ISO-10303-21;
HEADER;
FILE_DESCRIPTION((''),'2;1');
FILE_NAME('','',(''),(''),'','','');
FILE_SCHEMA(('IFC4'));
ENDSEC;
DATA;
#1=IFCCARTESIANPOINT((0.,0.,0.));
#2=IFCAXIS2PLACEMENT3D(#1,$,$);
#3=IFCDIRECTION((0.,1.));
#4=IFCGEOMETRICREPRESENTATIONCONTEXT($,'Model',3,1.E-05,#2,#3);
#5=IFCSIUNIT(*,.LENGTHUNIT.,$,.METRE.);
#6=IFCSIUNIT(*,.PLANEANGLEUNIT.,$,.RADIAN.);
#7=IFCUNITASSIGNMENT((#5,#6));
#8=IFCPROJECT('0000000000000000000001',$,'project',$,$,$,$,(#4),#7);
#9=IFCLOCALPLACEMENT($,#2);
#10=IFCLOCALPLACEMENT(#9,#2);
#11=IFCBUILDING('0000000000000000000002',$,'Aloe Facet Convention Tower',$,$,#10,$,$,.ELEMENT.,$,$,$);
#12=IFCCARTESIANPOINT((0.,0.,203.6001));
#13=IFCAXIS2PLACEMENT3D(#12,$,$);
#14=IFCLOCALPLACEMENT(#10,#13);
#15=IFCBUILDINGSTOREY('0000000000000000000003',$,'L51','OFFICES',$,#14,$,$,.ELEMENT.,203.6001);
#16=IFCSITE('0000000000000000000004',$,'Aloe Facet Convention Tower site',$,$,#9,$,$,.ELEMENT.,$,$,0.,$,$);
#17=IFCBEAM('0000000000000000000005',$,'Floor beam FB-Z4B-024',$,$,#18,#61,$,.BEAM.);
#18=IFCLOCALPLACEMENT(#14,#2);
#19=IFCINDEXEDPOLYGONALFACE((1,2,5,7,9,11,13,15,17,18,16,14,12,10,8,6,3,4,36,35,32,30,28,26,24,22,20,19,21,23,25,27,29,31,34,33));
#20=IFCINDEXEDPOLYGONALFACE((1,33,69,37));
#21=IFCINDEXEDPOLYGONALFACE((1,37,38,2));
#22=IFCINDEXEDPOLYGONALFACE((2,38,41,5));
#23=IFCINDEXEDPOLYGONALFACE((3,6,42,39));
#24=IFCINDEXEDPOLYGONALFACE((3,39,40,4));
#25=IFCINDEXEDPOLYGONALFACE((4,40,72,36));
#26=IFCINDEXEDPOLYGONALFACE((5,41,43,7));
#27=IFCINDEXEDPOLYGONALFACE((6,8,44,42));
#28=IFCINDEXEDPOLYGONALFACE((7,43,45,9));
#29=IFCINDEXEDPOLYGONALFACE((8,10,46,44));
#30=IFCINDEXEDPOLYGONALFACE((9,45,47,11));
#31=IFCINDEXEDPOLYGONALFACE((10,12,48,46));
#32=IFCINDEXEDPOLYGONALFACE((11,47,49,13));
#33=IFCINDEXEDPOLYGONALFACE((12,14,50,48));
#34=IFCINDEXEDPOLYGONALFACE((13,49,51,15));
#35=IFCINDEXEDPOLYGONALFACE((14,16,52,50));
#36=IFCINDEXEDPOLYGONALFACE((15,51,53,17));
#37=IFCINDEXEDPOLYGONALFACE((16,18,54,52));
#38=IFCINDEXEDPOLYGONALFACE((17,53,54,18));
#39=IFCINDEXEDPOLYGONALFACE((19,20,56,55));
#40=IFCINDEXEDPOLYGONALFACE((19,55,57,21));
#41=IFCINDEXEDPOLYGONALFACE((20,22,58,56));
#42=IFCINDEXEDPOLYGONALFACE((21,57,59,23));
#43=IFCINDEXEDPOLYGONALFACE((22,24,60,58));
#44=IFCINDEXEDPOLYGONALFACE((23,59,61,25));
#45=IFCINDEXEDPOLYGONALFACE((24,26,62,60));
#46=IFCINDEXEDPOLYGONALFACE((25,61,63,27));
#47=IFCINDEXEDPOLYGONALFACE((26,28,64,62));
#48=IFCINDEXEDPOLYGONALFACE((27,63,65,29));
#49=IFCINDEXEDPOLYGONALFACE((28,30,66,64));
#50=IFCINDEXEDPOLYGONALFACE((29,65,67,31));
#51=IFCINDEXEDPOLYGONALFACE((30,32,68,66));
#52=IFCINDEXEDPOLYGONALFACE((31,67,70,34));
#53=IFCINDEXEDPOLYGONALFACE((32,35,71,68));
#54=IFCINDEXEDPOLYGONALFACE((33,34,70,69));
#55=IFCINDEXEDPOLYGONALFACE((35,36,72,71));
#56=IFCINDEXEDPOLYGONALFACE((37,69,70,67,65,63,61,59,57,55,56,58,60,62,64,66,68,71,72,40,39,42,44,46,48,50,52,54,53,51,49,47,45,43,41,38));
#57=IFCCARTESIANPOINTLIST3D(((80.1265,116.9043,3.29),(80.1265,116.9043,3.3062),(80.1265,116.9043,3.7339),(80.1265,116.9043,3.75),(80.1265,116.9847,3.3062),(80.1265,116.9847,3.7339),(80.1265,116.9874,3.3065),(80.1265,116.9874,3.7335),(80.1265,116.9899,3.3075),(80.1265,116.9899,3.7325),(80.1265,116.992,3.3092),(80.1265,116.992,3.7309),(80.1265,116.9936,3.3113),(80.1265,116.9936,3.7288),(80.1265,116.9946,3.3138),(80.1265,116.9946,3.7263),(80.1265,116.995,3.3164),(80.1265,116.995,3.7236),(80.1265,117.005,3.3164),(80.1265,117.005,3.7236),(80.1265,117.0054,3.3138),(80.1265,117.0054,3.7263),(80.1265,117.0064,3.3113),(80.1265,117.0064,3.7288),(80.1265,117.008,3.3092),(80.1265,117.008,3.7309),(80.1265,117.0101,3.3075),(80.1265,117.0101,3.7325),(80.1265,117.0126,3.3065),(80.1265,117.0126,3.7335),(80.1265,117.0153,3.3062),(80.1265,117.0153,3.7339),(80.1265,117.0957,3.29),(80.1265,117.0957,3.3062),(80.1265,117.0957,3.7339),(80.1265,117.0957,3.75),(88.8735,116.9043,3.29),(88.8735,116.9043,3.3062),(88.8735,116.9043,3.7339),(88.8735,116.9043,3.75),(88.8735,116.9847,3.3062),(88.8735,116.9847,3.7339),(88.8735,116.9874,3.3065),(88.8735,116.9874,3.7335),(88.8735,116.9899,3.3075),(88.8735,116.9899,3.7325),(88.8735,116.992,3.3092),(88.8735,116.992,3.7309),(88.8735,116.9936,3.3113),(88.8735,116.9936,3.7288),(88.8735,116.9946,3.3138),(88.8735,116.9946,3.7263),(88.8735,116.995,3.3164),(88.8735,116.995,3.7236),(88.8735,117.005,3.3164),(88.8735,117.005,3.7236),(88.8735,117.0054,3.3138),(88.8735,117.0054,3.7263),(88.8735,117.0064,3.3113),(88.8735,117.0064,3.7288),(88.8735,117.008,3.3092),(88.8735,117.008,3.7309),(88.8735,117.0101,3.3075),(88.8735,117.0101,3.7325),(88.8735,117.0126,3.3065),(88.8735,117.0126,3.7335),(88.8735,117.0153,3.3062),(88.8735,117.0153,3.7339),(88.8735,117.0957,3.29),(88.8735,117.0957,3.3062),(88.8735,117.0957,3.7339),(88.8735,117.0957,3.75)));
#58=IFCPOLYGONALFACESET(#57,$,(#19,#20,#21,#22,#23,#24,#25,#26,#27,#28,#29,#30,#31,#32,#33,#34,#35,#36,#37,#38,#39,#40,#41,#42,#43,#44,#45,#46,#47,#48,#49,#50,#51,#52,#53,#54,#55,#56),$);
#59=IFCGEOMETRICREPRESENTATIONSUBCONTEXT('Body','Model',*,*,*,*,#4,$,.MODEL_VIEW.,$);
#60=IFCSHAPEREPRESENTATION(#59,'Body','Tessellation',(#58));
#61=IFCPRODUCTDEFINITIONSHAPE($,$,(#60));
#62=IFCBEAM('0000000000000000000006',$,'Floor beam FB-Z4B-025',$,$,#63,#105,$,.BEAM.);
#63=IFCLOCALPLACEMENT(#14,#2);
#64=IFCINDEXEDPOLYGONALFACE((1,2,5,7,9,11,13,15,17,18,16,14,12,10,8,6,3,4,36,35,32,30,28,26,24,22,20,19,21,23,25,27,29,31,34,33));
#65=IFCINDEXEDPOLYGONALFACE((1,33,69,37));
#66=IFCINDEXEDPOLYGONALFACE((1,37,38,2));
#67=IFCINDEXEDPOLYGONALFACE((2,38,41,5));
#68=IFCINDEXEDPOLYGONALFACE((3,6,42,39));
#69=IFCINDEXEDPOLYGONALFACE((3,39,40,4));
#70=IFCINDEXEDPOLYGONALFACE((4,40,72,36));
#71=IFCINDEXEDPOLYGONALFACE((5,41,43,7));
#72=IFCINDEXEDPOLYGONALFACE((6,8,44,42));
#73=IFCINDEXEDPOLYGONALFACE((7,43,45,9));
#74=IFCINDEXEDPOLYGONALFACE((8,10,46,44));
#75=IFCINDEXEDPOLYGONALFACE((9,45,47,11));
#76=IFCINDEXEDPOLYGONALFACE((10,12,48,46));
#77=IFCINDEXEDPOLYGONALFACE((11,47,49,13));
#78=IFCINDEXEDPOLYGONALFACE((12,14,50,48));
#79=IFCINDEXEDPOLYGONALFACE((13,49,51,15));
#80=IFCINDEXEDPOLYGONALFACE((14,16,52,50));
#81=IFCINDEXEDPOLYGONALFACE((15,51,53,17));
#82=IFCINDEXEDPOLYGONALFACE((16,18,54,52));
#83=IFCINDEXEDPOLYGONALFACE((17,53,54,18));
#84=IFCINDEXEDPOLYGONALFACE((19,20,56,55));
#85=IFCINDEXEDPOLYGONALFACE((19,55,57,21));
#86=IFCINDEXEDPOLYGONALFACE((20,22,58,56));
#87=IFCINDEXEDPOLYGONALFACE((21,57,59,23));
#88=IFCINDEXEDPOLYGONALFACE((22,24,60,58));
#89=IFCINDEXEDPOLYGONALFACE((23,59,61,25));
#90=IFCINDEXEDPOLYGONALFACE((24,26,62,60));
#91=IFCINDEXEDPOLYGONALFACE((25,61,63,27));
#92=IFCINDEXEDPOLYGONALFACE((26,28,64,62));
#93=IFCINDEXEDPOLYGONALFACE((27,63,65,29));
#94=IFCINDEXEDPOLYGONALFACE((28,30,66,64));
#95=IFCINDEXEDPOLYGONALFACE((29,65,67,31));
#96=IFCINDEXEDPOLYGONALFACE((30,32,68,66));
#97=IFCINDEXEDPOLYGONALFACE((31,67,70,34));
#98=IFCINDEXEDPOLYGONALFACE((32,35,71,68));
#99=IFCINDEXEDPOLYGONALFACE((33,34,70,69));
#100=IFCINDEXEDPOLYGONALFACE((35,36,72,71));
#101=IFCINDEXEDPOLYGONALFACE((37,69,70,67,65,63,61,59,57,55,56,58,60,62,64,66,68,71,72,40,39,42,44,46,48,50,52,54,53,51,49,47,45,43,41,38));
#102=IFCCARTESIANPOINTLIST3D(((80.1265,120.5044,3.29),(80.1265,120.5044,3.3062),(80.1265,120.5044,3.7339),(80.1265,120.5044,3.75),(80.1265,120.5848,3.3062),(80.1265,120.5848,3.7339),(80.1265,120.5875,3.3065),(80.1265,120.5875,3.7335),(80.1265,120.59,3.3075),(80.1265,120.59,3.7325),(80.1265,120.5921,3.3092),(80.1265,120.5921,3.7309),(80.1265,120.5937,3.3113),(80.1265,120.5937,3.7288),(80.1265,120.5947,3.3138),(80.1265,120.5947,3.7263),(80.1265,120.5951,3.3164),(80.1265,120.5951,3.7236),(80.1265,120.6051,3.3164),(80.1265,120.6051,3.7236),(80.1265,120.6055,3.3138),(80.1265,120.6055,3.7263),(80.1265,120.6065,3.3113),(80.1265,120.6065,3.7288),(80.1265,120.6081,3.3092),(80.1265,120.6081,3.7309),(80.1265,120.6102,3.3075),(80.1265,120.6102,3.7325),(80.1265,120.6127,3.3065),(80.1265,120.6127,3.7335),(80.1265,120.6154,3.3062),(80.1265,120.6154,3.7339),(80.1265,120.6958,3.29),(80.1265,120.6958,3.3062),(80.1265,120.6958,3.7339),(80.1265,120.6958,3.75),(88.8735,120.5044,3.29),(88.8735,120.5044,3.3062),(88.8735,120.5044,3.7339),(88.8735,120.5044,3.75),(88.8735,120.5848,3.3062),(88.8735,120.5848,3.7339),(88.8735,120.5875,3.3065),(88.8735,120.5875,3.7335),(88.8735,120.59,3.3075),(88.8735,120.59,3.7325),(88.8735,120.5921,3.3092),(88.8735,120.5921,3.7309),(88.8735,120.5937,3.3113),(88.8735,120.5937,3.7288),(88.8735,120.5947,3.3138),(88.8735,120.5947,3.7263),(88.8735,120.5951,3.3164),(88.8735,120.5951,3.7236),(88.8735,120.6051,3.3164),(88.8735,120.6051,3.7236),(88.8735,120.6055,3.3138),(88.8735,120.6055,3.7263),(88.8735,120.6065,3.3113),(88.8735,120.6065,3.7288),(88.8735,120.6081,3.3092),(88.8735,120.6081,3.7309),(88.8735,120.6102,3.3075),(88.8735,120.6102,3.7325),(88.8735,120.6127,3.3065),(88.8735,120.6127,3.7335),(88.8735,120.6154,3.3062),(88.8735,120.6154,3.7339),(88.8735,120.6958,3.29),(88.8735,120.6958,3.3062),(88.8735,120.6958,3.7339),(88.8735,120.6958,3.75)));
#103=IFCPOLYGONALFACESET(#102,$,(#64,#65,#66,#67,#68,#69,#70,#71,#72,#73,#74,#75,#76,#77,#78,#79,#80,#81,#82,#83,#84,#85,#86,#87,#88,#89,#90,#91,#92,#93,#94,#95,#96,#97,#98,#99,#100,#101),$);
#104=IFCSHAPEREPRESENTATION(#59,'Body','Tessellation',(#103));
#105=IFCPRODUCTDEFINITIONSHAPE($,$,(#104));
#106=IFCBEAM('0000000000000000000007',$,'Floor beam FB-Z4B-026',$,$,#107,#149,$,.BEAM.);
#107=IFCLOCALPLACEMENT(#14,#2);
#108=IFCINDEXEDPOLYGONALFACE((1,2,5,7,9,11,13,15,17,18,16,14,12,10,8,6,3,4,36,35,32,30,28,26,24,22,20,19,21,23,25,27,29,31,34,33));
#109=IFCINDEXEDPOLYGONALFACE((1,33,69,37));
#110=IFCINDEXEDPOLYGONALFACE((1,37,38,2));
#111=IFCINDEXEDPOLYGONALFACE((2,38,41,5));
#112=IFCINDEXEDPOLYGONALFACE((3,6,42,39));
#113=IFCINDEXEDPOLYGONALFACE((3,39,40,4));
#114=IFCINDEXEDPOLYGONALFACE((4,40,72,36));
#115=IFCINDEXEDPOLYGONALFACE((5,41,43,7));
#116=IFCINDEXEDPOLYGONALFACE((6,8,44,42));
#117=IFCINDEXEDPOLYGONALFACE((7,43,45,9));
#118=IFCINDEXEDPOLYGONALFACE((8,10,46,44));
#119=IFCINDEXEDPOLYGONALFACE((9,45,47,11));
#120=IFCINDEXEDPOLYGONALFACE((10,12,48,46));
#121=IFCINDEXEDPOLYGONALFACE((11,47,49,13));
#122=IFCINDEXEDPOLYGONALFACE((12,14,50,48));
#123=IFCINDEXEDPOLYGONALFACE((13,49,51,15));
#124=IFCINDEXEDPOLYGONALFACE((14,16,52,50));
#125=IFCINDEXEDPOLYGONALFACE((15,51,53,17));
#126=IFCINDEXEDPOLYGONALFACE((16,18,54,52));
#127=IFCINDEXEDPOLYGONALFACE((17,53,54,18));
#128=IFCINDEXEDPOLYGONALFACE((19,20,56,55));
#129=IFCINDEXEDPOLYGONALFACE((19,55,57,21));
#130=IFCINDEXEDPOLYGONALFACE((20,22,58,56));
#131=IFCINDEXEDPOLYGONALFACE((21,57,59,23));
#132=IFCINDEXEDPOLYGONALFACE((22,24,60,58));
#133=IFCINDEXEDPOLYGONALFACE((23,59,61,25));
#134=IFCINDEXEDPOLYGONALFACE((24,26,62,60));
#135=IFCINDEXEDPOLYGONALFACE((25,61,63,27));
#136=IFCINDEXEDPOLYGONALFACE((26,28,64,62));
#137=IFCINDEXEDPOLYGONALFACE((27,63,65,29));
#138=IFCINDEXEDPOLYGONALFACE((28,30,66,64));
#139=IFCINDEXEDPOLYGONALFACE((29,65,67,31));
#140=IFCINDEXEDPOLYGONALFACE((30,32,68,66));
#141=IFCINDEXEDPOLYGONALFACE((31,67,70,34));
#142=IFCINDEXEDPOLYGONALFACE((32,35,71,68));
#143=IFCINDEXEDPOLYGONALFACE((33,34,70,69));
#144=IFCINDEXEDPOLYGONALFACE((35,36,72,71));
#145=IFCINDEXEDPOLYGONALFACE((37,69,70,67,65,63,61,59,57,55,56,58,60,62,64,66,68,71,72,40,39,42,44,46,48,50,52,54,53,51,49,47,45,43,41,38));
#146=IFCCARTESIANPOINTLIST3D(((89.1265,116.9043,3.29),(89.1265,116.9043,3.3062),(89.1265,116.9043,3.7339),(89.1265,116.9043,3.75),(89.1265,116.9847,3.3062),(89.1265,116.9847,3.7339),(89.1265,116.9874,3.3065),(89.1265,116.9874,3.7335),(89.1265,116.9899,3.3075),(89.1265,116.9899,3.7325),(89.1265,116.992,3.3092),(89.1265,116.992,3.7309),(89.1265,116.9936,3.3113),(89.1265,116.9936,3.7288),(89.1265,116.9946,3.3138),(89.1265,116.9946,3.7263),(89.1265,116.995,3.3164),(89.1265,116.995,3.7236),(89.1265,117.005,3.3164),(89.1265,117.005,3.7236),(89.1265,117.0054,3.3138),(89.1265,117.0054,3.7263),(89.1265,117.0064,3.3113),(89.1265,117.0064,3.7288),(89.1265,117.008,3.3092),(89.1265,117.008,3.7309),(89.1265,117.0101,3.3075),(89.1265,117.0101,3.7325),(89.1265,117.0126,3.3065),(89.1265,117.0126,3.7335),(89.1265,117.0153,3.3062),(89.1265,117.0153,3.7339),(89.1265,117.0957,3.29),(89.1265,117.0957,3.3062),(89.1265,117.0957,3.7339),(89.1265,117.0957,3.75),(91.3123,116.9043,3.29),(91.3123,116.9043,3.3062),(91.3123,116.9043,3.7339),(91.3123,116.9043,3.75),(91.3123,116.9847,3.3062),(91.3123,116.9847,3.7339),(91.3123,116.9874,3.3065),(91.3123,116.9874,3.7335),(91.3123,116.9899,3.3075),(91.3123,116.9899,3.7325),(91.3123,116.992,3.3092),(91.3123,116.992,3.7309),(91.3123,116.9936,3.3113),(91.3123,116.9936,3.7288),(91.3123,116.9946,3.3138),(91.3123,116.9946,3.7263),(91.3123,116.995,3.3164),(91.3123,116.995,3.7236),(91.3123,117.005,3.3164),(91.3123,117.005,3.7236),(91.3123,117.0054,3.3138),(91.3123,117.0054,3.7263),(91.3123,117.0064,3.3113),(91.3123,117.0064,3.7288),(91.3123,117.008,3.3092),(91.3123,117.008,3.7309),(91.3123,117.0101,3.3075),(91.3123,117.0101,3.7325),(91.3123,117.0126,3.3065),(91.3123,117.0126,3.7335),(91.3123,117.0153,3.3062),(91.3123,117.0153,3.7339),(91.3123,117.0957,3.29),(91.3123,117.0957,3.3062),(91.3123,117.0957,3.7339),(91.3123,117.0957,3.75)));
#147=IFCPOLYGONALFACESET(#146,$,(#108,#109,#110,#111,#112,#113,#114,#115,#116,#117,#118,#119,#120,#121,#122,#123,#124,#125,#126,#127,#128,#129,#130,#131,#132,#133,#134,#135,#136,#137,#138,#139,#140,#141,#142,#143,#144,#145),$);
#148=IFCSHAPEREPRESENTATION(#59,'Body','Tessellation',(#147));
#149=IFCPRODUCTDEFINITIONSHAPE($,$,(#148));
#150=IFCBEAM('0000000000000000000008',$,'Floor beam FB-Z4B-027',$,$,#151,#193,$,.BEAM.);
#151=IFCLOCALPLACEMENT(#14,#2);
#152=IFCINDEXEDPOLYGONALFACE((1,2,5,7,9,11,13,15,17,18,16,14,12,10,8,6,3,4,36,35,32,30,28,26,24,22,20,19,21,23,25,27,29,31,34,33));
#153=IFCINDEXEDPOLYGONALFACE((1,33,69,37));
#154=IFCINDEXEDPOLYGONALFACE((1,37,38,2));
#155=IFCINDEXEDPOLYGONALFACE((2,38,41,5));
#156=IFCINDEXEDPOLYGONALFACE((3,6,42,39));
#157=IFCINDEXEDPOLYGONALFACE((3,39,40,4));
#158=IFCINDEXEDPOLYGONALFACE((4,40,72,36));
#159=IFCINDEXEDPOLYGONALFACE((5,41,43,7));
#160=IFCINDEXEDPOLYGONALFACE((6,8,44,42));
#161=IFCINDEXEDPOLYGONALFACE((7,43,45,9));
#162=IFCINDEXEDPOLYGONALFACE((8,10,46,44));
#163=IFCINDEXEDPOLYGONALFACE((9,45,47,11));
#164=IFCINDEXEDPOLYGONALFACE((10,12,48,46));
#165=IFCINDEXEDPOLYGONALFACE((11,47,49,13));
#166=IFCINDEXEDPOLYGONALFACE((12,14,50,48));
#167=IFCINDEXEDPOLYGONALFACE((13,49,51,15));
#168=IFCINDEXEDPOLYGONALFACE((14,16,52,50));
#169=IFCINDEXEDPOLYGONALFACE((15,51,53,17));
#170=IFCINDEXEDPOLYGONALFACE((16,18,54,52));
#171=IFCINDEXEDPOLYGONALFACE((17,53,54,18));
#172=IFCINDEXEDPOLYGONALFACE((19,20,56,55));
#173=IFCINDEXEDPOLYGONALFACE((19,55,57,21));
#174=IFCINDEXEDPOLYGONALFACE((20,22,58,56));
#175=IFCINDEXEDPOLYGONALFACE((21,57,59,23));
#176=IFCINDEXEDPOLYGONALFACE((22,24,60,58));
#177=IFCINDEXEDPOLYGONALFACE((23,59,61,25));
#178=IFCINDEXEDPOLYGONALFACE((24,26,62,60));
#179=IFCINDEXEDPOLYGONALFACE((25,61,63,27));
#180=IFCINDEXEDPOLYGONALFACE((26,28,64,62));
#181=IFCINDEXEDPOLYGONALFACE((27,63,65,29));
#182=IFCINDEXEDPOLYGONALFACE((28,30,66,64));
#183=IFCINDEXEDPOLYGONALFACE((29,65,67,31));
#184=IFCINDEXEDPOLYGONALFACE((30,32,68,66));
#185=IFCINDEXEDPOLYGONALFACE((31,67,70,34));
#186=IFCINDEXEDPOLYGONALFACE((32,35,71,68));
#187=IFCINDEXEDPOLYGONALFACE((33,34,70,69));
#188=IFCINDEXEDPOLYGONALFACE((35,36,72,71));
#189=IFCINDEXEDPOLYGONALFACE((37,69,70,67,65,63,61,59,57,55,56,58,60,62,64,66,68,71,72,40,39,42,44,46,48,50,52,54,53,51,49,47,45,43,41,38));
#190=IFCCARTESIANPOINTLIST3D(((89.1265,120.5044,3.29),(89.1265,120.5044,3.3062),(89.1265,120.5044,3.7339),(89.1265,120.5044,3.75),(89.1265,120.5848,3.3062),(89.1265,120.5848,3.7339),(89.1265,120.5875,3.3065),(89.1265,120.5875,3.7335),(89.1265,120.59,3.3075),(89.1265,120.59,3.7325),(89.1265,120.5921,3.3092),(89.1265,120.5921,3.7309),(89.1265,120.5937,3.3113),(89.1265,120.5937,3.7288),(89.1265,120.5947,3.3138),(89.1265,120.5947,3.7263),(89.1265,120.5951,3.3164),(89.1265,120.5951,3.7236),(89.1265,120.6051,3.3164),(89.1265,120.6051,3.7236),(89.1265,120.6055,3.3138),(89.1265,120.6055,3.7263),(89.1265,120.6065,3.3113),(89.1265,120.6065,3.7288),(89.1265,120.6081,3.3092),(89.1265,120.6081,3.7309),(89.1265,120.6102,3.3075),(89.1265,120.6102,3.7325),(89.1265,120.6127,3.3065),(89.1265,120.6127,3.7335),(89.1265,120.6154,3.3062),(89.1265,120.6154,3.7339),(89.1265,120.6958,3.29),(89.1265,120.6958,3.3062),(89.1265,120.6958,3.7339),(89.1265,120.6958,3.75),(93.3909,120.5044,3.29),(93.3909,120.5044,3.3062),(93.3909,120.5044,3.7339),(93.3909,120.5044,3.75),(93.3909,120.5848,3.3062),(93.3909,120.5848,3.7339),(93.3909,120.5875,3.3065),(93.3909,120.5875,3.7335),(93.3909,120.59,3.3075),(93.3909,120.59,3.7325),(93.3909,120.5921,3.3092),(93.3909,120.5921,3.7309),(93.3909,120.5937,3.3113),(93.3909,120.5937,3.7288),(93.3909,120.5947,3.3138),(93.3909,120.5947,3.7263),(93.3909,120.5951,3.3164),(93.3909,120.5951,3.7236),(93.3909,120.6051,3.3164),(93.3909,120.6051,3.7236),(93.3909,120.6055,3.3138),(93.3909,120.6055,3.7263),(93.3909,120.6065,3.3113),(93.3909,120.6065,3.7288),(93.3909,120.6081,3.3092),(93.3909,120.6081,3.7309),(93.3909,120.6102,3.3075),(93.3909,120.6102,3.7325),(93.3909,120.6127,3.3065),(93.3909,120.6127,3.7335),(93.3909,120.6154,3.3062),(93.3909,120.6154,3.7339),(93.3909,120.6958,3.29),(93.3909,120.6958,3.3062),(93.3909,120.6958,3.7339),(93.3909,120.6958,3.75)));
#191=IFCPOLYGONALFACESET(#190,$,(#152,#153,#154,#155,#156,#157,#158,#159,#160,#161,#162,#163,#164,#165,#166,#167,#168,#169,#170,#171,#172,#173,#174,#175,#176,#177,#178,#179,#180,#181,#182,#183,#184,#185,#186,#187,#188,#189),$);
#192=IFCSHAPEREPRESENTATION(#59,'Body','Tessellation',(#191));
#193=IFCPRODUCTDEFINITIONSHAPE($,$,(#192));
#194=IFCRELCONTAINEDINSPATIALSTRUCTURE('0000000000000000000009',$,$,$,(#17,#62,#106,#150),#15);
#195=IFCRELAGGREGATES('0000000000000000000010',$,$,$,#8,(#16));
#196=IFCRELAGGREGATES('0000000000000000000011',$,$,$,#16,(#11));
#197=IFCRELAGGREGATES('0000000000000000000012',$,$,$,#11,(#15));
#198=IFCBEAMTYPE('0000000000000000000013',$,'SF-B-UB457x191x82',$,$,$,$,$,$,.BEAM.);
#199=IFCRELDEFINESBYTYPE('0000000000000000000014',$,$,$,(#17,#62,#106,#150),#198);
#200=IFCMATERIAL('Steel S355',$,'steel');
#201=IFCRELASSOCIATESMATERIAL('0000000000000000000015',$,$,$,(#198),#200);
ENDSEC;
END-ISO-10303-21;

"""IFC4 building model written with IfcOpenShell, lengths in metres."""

from ifc_helpers import new_model, si_unit, direction, frame, origin, origin_2d, place, context, subcontext, project, spatial, i_section, extrude, material, material_profile, profile_set, type_object, element, save


model = new_model("IFC4")

# Units and contexts
model_context = context("Model", 3, precision=1e-05, world=origin(), true_north=direction((0.0, 1.0)))
body_context = subcontext(model_context, "Body", "Model", "MODEL_VIEW")
ifc_project = project(units=[si_unit("LENGTHUNIT", "METRE"), si_unit("PLANEANGLEUNIT", "RADIAN")], contexts=[model_context])

# Site, building, storey
site_placement = place(None, origin())
site = spatial("IfcSite", under=ifc_project, at=site_placement, Name="Aloe Facet Convention Tower site", CompositionType="ELEMENT", RefElevation=0.0)
building_placement = place(site_placement, origin())
building = spatial("IfcBuilding", under=site, at=building_placement, Name="Aloe Facet Convention Tower", CompositionType="ELEMENT")
storey_placement = place(building_placement, frame((0.0, 0.0, 203.6001)))
storey = spatial("IfcBuildingStorey", under=building, at=storey_placement, Name="L51", Description="OFFICES", CompositionType="ELEMENT", Elevation=203.6001)

# Beams
ifc_material_1 = material(Name="Steel S355", Category="steel")
ifc_material_profile_1 = material_profile(ifc_material_1, i_section(OverallWidth=0.1914, OverallDepth=0.46, WebThickness=0.01, FlangeThickness=0.0161, FilletRadius=0.0103, at=origin_2d()), Name="UB 457x191x82")
ifc_profile_set_1 = profile_set([ifc_material_profile_1], Name="Steel S355")
beam_type = type_object("IfcBeamType", Name="SF-B-UB457x191x82", PredefinedType="BEAM", material=ifc_profile_set_1)
for number, where, z_axis, x_axis, name in (
    (1, (80.1265, 117.0, 3.52), (1.0, 0.0, 0.0), (0.0, 1.0, 0.0), "Floor beam FB-Z4B-024"),
    (2, (80.1265, 120.6001, 3.52), (1.0, 0.0, 0.0), (0.0, 1.0, 0.0), "Floor beam FB-Z4B-025"),
):
    element("IfcBeam", number, at=place(storey_placement, frame(where, z_axis=z_axis, x_axis=x_axis)), inside=storey, type_object=beam_type, Name=name, PredefinedType="BEAM", context=body_context, shape_type="SweptSolid", body=[
        extrude(i_section(OverallWidth=0.1914, OverallDepth=0.46, WebThickness=0.01, FlangeThickness=0.0161, FilletRadius=0.0103, at=origin_2d()), origin(), (0.0, 0.0, 1.0), 8.7471),
    ])
beam_1_placement = place(storey_placement, frame((89.1265, 117.0, 3.52), z_axis=(1.0, 0.0, 0.0), x_axis=(0.0, 1.0, 0.0)))
element("IfcBeam", 3, at=beam_1_placement, inside=storey, type_object=beam_type, Name="Floor beam FB-Z4B-026", PredefinedType="BEAM", context=body_context, shape_type="SweptSolid", body=[
    extrude(i_section(OverallWidth=0.1914, OverallDepth=0.46, WebThickness=0.01, FlangeThickness=0.0161, FilletRadius=0.0103, at=origin_2d()), origin(), (0.0, 0.0, 1.0), 2.1858),
])
beam_2_placement = place(storey_placement, frame((89.1265, 120.6001, 3.52), z_axis=(1.0, 0.0, 0.0), x_axis=(0.0, 1.0, 0.0)))
element("IfcBeam", 4, at=beam_2_placement, inside=storey, type_object=beam_type, Name="Floor beam FB-Z4B-027", PredefinedType="BEAM", context=body_context, shape_type="SweptSolid", body=[
    extrude(i_section(OverallWidth=0.1914, OverallDepth=0.46, WebThickness=0.01, FlangeThickness=0.0161, FilletRadius=0.0103, at=origin_2d()), origin(), (0.0, 0.0, 1.0), 4.2644),
])

save(model, "model.ifc")
